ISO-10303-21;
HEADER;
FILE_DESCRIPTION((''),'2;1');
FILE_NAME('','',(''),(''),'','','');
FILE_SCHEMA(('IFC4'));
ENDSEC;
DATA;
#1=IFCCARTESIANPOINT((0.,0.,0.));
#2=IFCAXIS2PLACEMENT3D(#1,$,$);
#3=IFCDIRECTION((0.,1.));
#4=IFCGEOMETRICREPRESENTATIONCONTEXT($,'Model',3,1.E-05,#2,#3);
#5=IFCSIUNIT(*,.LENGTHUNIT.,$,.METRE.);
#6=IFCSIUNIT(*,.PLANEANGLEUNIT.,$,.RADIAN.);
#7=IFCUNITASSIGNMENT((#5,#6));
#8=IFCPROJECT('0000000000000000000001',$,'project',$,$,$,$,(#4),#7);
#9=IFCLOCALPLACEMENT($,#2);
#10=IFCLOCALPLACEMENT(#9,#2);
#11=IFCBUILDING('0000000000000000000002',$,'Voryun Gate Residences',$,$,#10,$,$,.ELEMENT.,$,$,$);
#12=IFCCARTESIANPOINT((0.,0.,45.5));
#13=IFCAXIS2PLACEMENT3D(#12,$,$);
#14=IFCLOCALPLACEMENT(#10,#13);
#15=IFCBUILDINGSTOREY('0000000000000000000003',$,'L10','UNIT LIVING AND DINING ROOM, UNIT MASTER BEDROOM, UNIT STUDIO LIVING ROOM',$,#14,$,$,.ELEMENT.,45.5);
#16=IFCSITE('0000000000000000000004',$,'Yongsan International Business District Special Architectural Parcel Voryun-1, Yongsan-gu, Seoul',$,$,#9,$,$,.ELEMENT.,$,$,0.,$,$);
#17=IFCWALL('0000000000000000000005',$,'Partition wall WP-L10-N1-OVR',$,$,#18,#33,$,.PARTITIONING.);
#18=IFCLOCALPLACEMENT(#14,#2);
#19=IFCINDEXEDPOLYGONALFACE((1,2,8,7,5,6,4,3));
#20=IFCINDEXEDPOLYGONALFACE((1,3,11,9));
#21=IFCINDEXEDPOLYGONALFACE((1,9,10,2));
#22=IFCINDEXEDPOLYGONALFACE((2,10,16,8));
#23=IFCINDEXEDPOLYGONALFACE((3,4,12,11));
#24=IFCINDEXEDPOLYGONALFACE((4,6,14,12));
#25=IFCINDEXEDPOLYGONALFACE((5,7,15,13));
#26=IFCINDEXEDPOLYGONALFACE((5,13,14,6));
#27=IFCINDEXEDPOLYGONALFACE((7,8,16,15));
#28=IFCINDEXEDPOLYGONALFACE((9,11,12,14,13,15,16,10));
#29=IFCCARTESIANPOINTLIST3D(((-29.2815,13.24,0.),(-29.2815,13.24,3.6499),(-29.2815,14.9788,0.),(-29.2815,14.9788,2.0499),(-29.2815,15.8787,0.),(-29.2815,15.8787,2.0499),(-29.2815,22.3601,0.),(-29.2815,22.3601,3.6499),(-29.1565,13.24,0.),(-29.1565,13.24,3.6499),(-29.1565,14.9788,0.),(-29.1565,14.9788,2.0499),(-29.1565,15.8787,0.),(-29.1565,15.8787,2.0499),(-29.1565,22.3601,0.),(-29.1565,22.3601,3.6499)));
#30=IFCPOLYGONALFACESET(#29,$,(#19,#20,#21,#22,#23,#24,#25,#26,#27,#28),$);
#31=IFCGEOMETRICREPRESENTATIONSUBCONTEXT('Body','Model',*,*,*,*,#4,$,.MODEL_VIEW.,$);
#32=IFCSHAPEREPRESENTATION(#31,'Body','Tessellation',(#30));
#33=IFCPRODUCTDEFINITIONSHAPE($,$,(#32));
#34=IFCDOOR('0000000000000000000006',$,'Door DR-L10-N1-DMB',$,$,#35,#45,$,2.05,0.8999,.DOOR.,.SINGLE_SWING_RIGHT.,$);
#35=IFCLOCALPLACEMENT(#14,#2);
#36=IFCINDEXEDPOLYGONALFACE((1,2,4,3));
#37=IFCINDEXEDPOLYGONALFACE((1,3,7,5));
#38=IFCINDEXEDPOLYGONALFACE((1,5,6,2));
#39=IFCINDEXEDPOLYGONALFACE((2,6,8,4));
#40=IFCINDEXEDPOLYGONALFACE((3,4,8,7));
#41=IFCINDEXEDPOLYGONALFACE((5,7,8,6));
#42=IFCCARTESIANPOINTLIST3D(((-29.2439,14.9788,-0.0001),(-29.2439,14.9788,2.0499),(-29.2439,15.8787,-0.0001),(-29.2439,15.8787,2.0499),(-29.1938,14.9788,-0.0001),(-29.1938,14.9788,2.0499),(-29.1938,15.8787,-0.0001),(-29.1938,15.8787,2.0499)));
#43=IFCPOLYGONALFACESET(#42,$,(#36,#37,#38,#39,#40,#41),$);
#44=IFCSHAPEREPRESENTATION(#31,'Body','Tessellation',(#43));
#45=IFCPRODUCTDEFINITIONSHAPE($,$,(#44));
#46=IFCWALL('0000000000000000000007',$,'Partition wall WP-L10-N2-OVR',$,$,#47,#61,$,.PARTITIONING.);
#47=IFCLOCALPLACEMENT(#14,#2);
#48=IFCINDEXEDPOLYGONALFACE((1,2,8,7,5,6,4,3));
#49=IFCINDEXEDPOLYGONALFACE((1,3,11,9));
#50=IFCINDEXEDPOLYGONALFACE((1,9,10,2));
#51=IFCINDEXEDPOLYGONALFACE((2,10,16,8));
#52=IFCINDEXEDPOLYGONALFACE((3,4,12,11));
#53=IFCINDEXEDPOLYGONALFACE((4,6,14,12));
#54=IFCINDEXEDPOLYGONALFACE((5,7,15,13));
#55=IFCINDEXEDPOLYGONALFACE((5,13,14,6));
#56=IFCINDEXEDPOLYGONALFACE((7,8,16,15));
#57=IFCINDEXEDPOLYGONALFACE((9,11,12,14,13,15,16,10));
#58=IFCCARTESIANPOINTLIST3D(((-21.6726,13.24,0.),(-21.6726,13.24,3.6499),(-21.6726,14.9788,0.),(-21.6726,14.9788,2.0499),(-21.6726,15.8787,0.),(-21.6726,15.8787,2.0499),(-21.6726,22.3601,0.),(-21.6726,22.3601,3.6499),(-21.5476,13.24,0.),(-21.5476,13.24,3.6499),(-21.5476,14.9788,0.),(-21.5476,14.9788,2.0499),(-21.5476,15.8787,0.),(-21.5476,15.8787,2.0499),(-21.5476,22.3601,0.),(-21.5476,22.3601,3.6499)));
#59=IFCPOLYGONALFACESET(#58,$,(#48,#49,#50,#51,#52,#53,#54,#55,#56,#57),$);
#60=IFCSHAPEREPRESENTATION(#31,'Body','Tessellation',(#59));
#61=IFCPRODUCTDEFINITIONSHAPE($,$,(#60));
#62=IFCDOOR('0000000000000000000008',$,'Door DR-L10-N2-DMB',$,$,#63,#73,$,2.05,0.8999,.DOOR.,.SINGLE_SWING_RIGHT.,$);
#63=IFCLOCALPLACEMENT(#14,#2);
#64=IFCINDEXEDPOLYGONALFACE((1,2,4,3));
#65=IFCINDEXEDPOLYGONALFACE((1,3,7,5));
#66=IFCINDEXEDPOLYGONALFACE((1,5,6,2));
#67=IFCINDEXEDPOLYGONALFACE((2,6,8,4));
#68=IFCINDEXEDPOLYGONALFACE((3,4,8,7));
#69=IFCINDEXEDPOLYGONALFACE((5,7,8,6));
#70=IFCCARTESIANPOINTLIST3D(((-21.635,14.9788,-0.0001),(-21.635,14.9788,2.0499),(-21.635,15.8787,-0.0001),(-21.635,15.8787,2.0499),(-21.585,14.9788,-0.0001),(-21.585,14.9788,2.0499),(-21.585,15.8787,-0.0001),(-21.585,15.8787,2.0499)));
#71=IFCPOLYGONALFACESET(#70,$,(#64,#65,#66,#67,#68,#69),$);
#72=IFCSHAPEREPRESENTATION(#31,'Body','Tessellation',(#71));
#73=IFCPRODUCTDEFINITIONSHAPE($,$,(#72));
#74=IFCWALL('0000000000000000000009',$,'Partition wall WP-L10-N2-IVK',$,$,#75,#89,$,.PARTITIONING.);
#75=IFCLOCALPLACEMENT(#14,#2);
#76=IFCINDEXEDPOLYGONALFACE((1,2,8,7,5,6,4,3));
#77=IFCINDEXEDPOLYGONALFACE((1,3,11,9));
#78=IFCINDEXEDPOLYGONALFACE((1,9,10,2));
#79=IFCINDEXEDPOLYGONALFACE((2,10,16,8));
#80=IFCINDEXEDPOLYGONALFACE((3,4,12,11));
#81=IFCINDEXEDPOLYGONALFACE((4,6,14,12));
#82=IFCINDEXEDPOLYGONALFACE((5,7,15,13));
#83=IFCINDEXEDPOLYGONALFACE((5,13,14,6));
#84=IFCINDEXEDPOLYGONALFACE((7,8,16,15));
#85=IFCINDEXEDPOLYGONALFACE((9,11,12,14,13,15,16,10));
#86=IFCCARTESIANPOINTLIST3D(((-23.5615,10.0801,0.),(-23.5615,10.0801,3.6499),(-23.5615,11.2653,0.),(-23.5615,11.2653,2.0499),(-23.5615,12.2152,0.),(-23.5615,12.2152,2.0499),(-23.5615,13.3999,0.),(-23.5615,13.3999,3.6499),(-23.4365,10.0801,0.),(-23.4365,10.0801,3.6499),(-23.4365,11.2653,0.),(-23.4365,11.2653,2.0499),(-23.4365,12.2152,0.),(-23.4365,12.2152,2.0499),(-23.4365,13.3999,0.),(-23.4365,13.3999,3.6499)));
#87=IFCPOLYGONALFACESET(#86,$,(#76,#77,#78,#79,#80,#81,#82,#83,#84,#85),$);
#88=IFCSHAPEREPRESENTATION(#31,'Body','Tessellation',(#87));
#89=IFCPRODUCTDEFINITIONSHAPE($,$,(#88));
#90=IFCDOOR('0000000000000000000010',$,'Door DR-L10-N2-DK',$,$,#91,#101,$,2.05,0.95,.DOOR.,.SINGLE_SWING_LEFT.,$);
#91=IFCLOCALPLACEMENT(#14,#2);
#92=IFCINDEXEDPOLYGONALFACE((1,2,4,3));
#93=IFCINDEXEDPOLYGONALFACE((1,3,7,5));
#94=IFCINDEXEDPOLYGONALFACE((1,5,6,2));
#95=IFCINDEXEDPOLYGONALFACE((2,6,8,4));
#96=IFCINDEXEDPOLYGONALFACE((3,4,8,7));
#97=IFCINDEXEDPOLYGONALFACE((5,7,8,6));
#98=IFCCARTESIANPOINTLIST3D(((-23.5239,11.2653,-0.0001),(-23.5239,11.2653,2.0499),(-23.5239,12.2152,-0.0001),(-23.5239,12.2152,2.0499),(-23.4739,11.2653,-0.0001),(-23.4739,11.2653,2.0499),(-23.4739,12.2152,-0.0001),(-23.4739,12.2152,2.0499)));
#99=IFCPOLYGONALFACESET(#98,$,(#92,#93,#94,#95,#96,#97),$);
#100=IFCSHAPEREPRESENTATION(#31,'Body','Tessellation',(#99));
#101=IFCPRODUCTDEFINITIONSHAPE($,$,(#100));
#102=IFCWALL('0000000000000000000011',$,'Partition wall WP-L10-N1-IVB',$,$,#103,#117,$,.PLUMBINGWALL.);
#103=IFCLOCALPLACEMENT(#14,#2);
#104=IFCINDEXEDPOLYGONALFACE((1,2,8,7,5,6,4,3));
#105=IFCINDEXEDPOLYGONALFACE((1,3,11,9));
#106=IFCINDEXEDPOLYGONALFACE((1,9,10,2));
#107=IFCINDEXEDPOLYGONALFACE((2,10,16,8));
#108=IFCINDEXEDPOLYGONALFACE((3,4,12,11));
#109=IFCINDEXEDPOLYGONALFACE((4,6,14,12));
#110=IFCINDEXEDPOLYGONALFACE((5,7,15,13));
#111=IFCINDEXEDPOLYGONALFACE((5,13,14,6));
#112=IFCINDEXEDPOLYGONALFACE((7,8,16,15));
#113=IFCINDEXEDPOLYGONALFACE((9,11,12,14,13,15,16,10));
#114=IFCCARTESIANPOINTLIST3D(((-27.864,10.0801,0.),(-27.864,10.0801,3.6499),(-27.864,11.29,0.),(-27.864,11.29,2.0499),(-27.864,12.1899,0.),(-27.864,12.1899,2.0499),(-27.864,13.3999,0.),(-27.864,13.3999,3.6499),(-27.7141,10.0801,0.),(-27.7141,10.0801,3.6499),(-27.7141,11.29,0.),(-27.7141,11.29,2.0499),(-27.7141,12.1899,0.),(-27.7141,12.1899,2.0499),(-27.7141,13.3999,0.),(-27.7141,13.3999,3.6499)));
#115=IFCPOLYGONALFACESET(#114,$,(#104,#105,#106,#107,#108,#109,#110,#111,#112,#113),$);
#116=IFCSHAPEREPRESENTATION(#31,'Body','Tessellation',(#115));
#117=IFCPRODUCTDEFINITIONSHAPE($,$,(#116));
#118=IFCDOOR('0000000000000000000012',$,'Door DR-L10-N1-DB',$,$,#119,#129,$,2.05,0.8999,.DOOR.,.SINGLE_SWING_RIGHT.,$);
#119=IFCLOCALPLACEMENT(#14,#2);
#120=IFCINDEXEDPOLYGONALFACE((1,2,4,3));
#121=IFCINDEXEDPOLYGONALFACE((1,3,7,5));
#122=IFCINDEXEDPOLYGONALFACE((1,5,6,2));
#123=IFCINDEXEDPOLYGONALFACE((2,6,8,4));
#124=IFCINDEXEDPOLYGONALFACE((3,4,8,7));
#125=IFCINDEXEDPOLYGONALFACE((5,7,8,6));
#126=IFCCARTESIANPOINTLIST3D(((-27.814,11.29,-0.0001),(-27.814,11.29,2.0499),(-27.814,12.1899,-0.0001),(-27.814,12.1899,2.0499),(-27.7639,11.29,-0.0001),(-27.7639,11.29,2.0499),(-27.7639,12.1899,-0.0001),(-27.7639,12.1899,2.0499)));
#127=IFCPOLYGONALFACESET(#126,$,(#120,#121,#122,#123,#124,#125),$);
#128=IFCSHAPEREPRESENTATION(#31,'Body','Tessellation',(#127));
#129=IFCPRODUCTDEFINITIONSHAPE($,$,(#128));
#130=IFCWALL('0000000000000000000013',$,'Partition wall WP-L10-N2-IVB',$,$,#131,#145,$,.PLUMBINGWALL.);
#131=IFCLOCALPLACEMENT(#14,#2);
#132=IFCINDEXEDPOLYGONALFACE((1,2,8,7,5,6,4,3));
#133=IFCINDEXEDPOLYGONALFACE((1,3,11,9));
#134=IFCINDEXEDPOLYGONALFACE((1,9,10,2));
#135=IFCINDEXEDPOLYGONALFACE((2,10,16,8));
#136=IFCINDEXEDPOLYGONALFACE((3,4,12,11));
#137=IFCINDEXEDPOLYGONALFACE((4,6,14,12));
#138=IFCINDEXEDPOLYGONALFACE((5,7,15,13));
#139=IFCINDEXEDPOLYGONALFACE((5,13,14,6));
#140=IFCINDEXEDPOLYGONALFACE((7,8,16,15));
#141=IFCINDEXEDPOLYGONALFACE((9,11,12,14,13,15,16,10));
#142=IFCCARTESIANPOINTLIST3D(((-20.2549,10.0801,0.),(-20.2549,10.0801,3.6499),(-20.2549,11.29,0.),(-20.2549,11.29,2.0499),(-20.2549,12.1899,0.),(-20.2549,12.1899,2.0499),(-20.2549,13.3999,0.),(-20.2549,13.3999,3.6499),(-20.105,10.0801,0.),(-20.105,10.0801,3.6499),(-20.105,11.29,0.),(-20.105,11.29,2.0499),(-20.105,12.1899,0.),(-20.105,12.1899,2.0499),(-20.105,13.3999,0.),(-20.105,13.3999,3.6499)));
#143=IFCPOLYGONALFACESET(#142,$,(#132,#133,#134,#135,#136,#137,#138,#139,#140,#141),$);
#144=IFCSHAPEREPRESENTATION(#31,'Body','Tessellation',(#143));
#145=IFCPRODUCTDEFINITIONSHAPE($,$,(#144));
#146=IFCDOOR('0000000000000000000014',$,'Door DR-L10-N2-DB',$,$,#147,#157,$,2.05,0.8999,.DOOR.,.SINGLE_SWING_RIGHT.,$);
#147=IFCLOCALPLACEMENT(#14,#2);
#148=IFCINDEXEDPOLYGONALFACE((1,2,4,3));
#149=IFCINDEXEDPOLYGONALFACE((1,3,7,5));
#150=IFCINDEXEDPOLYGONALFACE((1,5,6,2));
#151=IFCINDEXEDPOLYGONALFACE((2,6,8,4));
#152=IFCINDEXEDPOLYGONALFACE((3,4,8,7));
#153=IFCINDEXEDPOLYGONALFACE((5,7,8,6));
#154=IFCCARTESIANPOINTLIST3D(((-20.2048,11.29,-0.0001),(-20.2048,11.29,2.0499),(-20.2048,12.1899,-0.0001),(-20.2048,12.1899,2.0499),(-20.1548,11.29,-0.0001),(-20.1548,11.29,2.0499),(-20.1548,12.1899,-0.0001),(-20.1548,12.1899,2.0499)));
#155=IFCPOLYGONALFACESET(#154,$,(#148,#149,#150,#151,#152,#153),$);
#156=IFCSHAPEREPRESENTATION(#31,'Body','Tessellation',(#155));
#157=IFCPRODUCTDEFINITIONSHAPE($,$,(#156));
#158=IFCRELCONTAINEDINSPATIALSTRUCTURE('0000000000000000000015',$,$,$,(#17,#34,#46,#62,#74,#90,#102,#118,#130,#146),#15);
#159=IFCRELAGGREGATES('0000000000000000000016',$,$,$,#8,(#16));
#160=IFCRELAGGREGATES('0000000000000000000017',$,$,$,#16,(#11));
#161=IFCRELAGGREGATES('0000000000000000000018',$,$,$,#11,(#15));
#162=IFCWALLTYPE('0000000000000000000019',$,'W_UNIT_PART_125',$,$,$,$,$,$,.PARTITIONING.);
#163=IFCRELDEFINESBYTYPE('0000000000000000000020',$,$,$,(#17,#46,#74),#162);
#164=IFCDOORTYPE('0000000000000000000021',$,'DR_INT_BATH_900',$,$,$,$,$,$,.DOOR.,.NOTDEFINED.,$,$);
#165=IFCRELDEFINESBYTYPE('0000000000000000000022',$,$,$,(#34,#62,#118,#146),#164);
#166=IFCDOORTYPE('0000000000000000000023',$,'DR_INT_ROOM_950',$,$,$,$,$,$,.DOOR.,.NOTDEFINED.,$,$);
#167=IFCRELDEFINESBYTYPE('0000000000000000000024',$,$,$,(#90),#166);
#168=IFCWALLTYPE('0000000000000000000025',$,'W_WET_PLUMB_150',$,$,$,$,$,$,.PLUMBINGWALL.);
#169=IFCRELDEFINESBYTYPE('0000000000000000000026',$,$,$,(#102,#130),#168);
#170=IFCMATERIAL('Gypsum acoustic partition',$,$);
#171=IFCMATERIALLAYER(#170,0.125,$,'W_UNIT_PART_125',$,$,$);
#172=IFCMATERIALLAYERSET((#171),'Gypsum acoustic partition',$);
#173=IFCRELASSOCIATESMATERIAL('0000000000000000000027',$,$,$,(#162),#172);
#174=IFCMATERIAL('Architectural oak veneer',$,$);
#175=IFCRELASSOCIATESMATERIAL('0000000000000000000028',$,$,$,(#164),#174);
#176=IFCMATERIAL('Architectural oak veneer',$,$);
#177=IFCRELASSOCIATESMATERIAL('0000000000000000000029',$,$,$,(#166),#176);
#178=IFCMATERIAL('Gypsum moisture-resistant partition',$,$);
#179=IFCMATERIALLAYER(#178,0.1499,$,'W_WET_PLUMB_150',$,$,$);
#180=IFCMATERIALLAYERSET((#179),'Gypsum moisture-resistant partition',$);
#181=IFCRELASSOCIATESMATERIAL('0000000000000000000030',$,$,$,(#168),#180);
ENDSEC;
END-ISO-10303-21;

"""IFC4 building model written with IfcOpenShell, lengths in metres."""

from ifc_helpers import new_model, si_unit, direction, frame, frame_2d, origin, place, context, subcontext, project, spatial, rectangle, extrude, material, layer, layer_set, type_object, element, fill, save


model = new_model("IFC4")

# Units and contexts
model_context = context("Model", 3, precision=1e-05, world=origin(), true_north=direction((0.0, 1.0)))
body_context = subcontext(model_context, "Body", "Model", "MODEL_VIEW")
ifc_project = project(units=[si_unit("LENGTHUNIT", "METRE"), si_unit("PLANEANGLEUNIT", "RADIAN")], contexts=[model_context])

# Site, building, storey
site_placement = place(None, origin())
site = spatial("IfcSite", under=ifc_project, at=site_placement, Name="Yongsan International Business District Special Architectural Parcel Voryun-1, Yongsan-gu, Seoul", CompositionType="ELEMENT", RefElevation=0.0)
building_placement = place(site_placement, origin())
building = spatial("IfcBuilding", under=site, at=building_placement, Name="Voryun Gate Residences", CompositionType="ELEMENT")
storey_placement = place(building_placement, frame((0.0, 0.0, 45.5)))
storey = spatial("IfcBuildingStorey", under=building, at=storey_placement, Name="L10", Description="UNIT LIVING AND DINING ROOM, UNIT MASTER BEDROOM, UNIT STUDIO LIVING ROOM", CompositionType="ELEMENT", Elevation=45.5)

# Walls, openings, doors
ifc_material_1 = material(Name="Gypsum acoustic partition")
ifc_layer_1 = layer(ifc_material_1, 0.125, Name="W_UNIT_PART_125")
ifc_layer_set_1 = layer_set([ifc_layer_1], Name="Gypsum acoustic partition")
wall_type_1 = type_object("IfcWallType", Name="W_UNIT_PART_125", PredefinedType="PARTITIONING", material=ifc_layer_set_1)
wall_1_placement = place(storey_placement, frame((-29.219, 13.24, 0.0), z_axis=(0.0, 0.0, 1.0), x_axis=(0.0, 1.0, 0.0)))
wall_1 = element("IfcWall", 1, at=wall_1_placement, inside=storey, type_object=wall_type_1, Name="Partition wall WP-L10-N1-OVR", PredefinedType="PARTITIONING", context=body_context, shape_type="SweptSolid", body=[
    extrude(rectangle(XDim=9.1201, YDim=0.125, at=frame_2d((4.5601, 0.0))), origin(), (0.0, 0.0, 1.0), 3.6499),
])
opening_1_placement = place(wall_1_placement, frame((1.7388, 0.0, 0.0)))
opening_1 = element("IfcOpeningElement", 2, at=opening_1_placement, cuts=wall_1, PredefinedType="OPENING", context=body_context, shape_type="SweptSolid", body=[
    extrude(rectangle(XDim=0.8999, YDim=2.05, at=frame_2d((0.45, 1.0249))), frame((0.0, 0.0725, 0.0), z_axis=(0.0, -1.0, 0.0), x_axis=(1.0, 0.0, 0.0)), (0.0, 0.0, 1.0), 0.145),
])
ifc_material_2 = material(Name="Architectural oak veneer")
door_type_1 = type_object("IfcDoorType", Name="DR_INT_BATH_900", OperationType="NOTDEFINED", PredefinedType="DOOR", material=ifc_material_2)
door_1_placement = place(opening_1_placement, origin())
door_1 = element("IfcDoor", 3, at=door_1_placement, inside=storey, type_object=door_type_1, Name="Door DR-L10-N1-DMB", OperationType="SINGLE_SWING_RIGHT", OverallHeight=2.05, OverallWidth=0.8999, PredefinedType="DOOR", context=body_context, shape_type="SweptSolid", body=[
    extrude(rectangle(XDim=0.8999, YDim=2.05, at=frame_2d((0.45, 1.0249))), frame((0.0, 0.0249, 0.0), z_axis=(0.0, -1.0, 0.0), x_axis=(1.0, 0.0, 0.0)), (0.0, 0.0, 1.0), 0.05),
])
fill(opening_1, door_1)
wall_2_placement = place(storey_placement, frame((-21.6101, 13.24, 0.0), z_axis=(0.0, 0.0, 1.0), x_axis=(0.0, 1.0, 0.0)))
wall_2 = element("IfcWall", 4, at=wall_2_placement, inside=storey, type_object=wall_type_1, Name="Partition wall WP-L10-N2-OVR", PredefinedType="PARTITIONING", context=body_context, shape_type="SweptSolid", body=[
    extrude(rectangle(XDim=9.1201, YDim=0.125, at=frame_2d((4.5601, 0.0))), origin(), (0.0, 0.0, 1.0), 3.6499),
])
opening_2_placement = place(wall_2_placement, frame((1.7388, 0.0, 0.0)))
opening_2 = element("IfcOpeningElement", 5, at=opening_2_placement, cuts=wall_2, PredefinedType="OPENING", context=body_context, shape_type="SweptSolid", body=[
    extrude(rectangle(XDim=0.8999, YDim=2.05, at=frame_2d((0.45, 1.0249))), frame((0.0, 0.0725, 0.0), z_axis=(0.0, -1.0, 0.0), x_axis=(1.0, 0.0, 0.0)), (0.0, 0.0, 1.0), 0.145),
])
door_2_placement = place(opening_2_placement, origin())
door_2 = element("IfcDoor", 6, at=door_2_placement, inside=storey, type_object=door_type_1, Name="Door DR-L10-N2-DMB", OperationType="SINGLE_SWING_RIGHT", OverallHeight=2.05, OverallWidth=0.8999, PredefinedType="DOOR", context=body_context, shape_type="SweptSolid", body=[
    extrude(rectangle(XDim=0.8999, YDim=2.05, at=frame_2d((0.45, 1.0249))), frame((0.0, 0.0249, 0.0), z_axis=(0.0, -1.0, 0.0), x_axis=(1.0, 0.0, 0.0)), (0.0, 0.0, 1.0), 0.05),
])
fill(opening_2, door_2)
wall_3_placement = place(storey_placement, frame((-23.499, 10.0801, 0.0), z_axis=(0.0, 0.0, 1.0), x_axis=(0.0, 1.0, 0.0)))
wall_3 = element("IfcWall", 7, at=wall_3_placement, inside=storey, type_object=wall_type_1, Name="Partition wall WP-L10-N2-IVK", PredefinedType="PARTITIONING", context=body_context, shape_type="SweptSolid", body=[
    extrude(rectangle(XDim=3.3198, YDim=0.125, at=frame_2d((1.6599, 0.0))), origin(), (0.0, 0.0, 1.0), 3.6499),
])
opening_3_placement = place(wall_3_placement, frame((1.1851, 0.0, 0.0)))
opening_3 = element("IfcOpeningElement", 8, at=opening_3_placement, cuts=wall_3, PredefinedType="OPENING", context=body_context, shape_type="SweptSolid", body=[
    extrude(rectangle(XDim=0.95, YDim=2.05, at=frame_2d((0.4751, 1.0249))), frame((0.0, 0.0725, 0.0), z_axis=(0.0, -1.0, 0.0), x_axis=(1.0, 0.0, 0.0)), (0.0, 0.0, 1.0), 0.145),
])
ifc_material_3 = material(Name="Architectural oak veneer")
door_type_2 = type_object("IfcDoorType", Name="DR_INT_ROOM_950", OperationType="NOTDEFINED", PredefinedType="DOOR", material=ifc_material_3)
door_3_placement = place(opening_3_placement, origin())
door_3 = element("IfcDoor", 9, at=door_3_placement, inside=storey, type_object=door_type_2, Name="Door DR-L10-N2-DK", OperationType="SINGLE_SWING_LEFT", OverallHeight=2.05, OverallWidth=0.95, PredefinedType="DOOR", context=body_context, shape_type="SweptSolid", body=[
    extrude(rectangle(XDim=0.95, YDim=2.05, at=frame_2d((0.4751, 1.0249))), frame((0.0, 0.0249, 0.0), z_axis=(0.0, -1.0, 0.0), x_axis=(1.0, 0.0, 0.0)), (0.0, 0.0, 1.0), 0.05),
])
fill(opening_3, door_3)
ifc_material_4 = material(Name="Gypsum moisture-resistant partition")
ifc_layer_2 = layer(ifc_material_4, 0.1499, Name="W_WET_PLUMB_150")
ifc_layer_set_2 = layer_set([ifc_layer_2], Name="Gypsum moisture-resistant partition")
wall_type_2 = type_object("IfcWallType", Name="W_WET_PLUMB_150", PredefinedType="PLUMBINGWALL", material=ifc_layer_set_2)
wall_4_placement = place(storey_placement, frame((-27.7891, 10.0801, 0.0), z_axis=(0.0, 0.0, 1.0), x_axis=(0.0, 1.0, 0.0)))
wall_4 = element("IfcWall", 10, at=wall_4_placement, inside=storey, type_object=wall_type_2, Name="Partition wall WP-L10-N1-IVB", PredefinedType="PLUMBINGWALL", context=body_context, shape_type="SweptSolid", body=[
    extrude(rectangle(XDim=3.3198, YDim=0.1499, at=frame_2d((1.6599, 0.0))), origin(), (0.0, 0.0, 1.0), 3.6499),
])
opening_4_placement = place(wall_4_placement, frame((1.21, 0.0, 0.0)))
opening_4 = element("IfcOpeningElement", 11, at=opening_4_placement, cuts=wall_4, PredefinedType="OPENING", context=body_context, shape_type="SweptSolid", body=[
    extrude(rectangle(XDim=0.8999, YDim=2.05, at=frame_2d((0.45, 1.0249))), frame((0.0, 0.085, 0.0), z_axis=(0.0, -1.0, 0.0), x_axis=(1.0, 0.0, 0.0)), (0.0, 0.0, 1.0), 0.1699),
])
door_4_placement = place(opening_4_placement, origin())
door_4 = element("IfcDoor", 12, at=door_4_placement, inside=storey, type_object=door_type_1, Name="Door DR-L10-N1-DB", OperationType="SINGLE_SWING_RIGHT", OverallHeight=2.05, OverallWidth=0.8999, PredefinedType="DOOR", context=body_context, shape_type="SweptSolid", body=[
    extrude(rectangle(XDim=0.8999, YDim=2.05, at=frame_2d((0.45, 1.0249))), frame((0.0, 0.0249, 0.0), z_axis=(0.0, -1.0, 0.0), x_axis=(1.0, 0.0, 0.0)), (0.0, 0.0, 1.0), 0.05),
])
fill(opening_4, door_4)
wall_5_placement = place(storey_placement, frame((-20.1799, 10.0801, 0.0), z_axis=(0.0, 0.0, 1.0), x_axis=(0.0, 1.0, 0.0)))
wall_5 = element("IfcWall", 13, at=wall_5_placement, inside=storey, type_object=wall_type_2, Name="Partition wall WP-L10-N2-IVB", PredefinedType="PLUMBINGWALL", context=body_context, shape_type="SweptSolid", body=[
    extrude(rectangle(XDim=3.3198, YDim=0.1499, at=frame_2d((1.6599, 0.0))), origin(), (0.0, 0.0, 1.0), 3.6499),
])
opening_5_placement = place(wall_5_placement, frame((1.21, 0.0, 0.0)))
opening_5 = element("IfcOpeningElement", 14, at=opening_5_placement, cuts=wall_5, PredefinedType="OPENING", context=body_context, shape_type="SweptSolid", body=[
    extrude(rectangle(XDim=0.8999, YDim=2.05, at=frame_2d((0.45, 1.0249))), frame((0.0, 0.085, 0.0), z_axis=(0.0, -1.0, 0.0), x_axis=(1.0, 0.0, 0.0)), (0.0, 0.0, 1.0), 0.1699),
])
door_5_placement = place(opening_5_placement, origin())
door_5 = element("IfcDoor", 15, at=door_5_placement, inside=storey, type_object=door_type_1, Name="Door DR-L10-N2-DB", OperationType="SINGLE_SWING_RIGHT", OverallHeight=2.05, OverallWidth=0.8999, PredefinedType="DOOR", context=body_context, shape_type="SweptSolid", body=[
    extrude(rectangle(XDim=0.8999, YDim=2.05, at=frame_2d((0.45, 1.0249))), frame((0.0, 0.0249, 0.0), z_axis=(0.0, -1.0, 0.0), x_axis=(1.0, 0.0, 0.0)), (0.0, 0.0, 1.0), 0.05),
])
fill(opening_5, door_5)

save(model, "model.ifc")
